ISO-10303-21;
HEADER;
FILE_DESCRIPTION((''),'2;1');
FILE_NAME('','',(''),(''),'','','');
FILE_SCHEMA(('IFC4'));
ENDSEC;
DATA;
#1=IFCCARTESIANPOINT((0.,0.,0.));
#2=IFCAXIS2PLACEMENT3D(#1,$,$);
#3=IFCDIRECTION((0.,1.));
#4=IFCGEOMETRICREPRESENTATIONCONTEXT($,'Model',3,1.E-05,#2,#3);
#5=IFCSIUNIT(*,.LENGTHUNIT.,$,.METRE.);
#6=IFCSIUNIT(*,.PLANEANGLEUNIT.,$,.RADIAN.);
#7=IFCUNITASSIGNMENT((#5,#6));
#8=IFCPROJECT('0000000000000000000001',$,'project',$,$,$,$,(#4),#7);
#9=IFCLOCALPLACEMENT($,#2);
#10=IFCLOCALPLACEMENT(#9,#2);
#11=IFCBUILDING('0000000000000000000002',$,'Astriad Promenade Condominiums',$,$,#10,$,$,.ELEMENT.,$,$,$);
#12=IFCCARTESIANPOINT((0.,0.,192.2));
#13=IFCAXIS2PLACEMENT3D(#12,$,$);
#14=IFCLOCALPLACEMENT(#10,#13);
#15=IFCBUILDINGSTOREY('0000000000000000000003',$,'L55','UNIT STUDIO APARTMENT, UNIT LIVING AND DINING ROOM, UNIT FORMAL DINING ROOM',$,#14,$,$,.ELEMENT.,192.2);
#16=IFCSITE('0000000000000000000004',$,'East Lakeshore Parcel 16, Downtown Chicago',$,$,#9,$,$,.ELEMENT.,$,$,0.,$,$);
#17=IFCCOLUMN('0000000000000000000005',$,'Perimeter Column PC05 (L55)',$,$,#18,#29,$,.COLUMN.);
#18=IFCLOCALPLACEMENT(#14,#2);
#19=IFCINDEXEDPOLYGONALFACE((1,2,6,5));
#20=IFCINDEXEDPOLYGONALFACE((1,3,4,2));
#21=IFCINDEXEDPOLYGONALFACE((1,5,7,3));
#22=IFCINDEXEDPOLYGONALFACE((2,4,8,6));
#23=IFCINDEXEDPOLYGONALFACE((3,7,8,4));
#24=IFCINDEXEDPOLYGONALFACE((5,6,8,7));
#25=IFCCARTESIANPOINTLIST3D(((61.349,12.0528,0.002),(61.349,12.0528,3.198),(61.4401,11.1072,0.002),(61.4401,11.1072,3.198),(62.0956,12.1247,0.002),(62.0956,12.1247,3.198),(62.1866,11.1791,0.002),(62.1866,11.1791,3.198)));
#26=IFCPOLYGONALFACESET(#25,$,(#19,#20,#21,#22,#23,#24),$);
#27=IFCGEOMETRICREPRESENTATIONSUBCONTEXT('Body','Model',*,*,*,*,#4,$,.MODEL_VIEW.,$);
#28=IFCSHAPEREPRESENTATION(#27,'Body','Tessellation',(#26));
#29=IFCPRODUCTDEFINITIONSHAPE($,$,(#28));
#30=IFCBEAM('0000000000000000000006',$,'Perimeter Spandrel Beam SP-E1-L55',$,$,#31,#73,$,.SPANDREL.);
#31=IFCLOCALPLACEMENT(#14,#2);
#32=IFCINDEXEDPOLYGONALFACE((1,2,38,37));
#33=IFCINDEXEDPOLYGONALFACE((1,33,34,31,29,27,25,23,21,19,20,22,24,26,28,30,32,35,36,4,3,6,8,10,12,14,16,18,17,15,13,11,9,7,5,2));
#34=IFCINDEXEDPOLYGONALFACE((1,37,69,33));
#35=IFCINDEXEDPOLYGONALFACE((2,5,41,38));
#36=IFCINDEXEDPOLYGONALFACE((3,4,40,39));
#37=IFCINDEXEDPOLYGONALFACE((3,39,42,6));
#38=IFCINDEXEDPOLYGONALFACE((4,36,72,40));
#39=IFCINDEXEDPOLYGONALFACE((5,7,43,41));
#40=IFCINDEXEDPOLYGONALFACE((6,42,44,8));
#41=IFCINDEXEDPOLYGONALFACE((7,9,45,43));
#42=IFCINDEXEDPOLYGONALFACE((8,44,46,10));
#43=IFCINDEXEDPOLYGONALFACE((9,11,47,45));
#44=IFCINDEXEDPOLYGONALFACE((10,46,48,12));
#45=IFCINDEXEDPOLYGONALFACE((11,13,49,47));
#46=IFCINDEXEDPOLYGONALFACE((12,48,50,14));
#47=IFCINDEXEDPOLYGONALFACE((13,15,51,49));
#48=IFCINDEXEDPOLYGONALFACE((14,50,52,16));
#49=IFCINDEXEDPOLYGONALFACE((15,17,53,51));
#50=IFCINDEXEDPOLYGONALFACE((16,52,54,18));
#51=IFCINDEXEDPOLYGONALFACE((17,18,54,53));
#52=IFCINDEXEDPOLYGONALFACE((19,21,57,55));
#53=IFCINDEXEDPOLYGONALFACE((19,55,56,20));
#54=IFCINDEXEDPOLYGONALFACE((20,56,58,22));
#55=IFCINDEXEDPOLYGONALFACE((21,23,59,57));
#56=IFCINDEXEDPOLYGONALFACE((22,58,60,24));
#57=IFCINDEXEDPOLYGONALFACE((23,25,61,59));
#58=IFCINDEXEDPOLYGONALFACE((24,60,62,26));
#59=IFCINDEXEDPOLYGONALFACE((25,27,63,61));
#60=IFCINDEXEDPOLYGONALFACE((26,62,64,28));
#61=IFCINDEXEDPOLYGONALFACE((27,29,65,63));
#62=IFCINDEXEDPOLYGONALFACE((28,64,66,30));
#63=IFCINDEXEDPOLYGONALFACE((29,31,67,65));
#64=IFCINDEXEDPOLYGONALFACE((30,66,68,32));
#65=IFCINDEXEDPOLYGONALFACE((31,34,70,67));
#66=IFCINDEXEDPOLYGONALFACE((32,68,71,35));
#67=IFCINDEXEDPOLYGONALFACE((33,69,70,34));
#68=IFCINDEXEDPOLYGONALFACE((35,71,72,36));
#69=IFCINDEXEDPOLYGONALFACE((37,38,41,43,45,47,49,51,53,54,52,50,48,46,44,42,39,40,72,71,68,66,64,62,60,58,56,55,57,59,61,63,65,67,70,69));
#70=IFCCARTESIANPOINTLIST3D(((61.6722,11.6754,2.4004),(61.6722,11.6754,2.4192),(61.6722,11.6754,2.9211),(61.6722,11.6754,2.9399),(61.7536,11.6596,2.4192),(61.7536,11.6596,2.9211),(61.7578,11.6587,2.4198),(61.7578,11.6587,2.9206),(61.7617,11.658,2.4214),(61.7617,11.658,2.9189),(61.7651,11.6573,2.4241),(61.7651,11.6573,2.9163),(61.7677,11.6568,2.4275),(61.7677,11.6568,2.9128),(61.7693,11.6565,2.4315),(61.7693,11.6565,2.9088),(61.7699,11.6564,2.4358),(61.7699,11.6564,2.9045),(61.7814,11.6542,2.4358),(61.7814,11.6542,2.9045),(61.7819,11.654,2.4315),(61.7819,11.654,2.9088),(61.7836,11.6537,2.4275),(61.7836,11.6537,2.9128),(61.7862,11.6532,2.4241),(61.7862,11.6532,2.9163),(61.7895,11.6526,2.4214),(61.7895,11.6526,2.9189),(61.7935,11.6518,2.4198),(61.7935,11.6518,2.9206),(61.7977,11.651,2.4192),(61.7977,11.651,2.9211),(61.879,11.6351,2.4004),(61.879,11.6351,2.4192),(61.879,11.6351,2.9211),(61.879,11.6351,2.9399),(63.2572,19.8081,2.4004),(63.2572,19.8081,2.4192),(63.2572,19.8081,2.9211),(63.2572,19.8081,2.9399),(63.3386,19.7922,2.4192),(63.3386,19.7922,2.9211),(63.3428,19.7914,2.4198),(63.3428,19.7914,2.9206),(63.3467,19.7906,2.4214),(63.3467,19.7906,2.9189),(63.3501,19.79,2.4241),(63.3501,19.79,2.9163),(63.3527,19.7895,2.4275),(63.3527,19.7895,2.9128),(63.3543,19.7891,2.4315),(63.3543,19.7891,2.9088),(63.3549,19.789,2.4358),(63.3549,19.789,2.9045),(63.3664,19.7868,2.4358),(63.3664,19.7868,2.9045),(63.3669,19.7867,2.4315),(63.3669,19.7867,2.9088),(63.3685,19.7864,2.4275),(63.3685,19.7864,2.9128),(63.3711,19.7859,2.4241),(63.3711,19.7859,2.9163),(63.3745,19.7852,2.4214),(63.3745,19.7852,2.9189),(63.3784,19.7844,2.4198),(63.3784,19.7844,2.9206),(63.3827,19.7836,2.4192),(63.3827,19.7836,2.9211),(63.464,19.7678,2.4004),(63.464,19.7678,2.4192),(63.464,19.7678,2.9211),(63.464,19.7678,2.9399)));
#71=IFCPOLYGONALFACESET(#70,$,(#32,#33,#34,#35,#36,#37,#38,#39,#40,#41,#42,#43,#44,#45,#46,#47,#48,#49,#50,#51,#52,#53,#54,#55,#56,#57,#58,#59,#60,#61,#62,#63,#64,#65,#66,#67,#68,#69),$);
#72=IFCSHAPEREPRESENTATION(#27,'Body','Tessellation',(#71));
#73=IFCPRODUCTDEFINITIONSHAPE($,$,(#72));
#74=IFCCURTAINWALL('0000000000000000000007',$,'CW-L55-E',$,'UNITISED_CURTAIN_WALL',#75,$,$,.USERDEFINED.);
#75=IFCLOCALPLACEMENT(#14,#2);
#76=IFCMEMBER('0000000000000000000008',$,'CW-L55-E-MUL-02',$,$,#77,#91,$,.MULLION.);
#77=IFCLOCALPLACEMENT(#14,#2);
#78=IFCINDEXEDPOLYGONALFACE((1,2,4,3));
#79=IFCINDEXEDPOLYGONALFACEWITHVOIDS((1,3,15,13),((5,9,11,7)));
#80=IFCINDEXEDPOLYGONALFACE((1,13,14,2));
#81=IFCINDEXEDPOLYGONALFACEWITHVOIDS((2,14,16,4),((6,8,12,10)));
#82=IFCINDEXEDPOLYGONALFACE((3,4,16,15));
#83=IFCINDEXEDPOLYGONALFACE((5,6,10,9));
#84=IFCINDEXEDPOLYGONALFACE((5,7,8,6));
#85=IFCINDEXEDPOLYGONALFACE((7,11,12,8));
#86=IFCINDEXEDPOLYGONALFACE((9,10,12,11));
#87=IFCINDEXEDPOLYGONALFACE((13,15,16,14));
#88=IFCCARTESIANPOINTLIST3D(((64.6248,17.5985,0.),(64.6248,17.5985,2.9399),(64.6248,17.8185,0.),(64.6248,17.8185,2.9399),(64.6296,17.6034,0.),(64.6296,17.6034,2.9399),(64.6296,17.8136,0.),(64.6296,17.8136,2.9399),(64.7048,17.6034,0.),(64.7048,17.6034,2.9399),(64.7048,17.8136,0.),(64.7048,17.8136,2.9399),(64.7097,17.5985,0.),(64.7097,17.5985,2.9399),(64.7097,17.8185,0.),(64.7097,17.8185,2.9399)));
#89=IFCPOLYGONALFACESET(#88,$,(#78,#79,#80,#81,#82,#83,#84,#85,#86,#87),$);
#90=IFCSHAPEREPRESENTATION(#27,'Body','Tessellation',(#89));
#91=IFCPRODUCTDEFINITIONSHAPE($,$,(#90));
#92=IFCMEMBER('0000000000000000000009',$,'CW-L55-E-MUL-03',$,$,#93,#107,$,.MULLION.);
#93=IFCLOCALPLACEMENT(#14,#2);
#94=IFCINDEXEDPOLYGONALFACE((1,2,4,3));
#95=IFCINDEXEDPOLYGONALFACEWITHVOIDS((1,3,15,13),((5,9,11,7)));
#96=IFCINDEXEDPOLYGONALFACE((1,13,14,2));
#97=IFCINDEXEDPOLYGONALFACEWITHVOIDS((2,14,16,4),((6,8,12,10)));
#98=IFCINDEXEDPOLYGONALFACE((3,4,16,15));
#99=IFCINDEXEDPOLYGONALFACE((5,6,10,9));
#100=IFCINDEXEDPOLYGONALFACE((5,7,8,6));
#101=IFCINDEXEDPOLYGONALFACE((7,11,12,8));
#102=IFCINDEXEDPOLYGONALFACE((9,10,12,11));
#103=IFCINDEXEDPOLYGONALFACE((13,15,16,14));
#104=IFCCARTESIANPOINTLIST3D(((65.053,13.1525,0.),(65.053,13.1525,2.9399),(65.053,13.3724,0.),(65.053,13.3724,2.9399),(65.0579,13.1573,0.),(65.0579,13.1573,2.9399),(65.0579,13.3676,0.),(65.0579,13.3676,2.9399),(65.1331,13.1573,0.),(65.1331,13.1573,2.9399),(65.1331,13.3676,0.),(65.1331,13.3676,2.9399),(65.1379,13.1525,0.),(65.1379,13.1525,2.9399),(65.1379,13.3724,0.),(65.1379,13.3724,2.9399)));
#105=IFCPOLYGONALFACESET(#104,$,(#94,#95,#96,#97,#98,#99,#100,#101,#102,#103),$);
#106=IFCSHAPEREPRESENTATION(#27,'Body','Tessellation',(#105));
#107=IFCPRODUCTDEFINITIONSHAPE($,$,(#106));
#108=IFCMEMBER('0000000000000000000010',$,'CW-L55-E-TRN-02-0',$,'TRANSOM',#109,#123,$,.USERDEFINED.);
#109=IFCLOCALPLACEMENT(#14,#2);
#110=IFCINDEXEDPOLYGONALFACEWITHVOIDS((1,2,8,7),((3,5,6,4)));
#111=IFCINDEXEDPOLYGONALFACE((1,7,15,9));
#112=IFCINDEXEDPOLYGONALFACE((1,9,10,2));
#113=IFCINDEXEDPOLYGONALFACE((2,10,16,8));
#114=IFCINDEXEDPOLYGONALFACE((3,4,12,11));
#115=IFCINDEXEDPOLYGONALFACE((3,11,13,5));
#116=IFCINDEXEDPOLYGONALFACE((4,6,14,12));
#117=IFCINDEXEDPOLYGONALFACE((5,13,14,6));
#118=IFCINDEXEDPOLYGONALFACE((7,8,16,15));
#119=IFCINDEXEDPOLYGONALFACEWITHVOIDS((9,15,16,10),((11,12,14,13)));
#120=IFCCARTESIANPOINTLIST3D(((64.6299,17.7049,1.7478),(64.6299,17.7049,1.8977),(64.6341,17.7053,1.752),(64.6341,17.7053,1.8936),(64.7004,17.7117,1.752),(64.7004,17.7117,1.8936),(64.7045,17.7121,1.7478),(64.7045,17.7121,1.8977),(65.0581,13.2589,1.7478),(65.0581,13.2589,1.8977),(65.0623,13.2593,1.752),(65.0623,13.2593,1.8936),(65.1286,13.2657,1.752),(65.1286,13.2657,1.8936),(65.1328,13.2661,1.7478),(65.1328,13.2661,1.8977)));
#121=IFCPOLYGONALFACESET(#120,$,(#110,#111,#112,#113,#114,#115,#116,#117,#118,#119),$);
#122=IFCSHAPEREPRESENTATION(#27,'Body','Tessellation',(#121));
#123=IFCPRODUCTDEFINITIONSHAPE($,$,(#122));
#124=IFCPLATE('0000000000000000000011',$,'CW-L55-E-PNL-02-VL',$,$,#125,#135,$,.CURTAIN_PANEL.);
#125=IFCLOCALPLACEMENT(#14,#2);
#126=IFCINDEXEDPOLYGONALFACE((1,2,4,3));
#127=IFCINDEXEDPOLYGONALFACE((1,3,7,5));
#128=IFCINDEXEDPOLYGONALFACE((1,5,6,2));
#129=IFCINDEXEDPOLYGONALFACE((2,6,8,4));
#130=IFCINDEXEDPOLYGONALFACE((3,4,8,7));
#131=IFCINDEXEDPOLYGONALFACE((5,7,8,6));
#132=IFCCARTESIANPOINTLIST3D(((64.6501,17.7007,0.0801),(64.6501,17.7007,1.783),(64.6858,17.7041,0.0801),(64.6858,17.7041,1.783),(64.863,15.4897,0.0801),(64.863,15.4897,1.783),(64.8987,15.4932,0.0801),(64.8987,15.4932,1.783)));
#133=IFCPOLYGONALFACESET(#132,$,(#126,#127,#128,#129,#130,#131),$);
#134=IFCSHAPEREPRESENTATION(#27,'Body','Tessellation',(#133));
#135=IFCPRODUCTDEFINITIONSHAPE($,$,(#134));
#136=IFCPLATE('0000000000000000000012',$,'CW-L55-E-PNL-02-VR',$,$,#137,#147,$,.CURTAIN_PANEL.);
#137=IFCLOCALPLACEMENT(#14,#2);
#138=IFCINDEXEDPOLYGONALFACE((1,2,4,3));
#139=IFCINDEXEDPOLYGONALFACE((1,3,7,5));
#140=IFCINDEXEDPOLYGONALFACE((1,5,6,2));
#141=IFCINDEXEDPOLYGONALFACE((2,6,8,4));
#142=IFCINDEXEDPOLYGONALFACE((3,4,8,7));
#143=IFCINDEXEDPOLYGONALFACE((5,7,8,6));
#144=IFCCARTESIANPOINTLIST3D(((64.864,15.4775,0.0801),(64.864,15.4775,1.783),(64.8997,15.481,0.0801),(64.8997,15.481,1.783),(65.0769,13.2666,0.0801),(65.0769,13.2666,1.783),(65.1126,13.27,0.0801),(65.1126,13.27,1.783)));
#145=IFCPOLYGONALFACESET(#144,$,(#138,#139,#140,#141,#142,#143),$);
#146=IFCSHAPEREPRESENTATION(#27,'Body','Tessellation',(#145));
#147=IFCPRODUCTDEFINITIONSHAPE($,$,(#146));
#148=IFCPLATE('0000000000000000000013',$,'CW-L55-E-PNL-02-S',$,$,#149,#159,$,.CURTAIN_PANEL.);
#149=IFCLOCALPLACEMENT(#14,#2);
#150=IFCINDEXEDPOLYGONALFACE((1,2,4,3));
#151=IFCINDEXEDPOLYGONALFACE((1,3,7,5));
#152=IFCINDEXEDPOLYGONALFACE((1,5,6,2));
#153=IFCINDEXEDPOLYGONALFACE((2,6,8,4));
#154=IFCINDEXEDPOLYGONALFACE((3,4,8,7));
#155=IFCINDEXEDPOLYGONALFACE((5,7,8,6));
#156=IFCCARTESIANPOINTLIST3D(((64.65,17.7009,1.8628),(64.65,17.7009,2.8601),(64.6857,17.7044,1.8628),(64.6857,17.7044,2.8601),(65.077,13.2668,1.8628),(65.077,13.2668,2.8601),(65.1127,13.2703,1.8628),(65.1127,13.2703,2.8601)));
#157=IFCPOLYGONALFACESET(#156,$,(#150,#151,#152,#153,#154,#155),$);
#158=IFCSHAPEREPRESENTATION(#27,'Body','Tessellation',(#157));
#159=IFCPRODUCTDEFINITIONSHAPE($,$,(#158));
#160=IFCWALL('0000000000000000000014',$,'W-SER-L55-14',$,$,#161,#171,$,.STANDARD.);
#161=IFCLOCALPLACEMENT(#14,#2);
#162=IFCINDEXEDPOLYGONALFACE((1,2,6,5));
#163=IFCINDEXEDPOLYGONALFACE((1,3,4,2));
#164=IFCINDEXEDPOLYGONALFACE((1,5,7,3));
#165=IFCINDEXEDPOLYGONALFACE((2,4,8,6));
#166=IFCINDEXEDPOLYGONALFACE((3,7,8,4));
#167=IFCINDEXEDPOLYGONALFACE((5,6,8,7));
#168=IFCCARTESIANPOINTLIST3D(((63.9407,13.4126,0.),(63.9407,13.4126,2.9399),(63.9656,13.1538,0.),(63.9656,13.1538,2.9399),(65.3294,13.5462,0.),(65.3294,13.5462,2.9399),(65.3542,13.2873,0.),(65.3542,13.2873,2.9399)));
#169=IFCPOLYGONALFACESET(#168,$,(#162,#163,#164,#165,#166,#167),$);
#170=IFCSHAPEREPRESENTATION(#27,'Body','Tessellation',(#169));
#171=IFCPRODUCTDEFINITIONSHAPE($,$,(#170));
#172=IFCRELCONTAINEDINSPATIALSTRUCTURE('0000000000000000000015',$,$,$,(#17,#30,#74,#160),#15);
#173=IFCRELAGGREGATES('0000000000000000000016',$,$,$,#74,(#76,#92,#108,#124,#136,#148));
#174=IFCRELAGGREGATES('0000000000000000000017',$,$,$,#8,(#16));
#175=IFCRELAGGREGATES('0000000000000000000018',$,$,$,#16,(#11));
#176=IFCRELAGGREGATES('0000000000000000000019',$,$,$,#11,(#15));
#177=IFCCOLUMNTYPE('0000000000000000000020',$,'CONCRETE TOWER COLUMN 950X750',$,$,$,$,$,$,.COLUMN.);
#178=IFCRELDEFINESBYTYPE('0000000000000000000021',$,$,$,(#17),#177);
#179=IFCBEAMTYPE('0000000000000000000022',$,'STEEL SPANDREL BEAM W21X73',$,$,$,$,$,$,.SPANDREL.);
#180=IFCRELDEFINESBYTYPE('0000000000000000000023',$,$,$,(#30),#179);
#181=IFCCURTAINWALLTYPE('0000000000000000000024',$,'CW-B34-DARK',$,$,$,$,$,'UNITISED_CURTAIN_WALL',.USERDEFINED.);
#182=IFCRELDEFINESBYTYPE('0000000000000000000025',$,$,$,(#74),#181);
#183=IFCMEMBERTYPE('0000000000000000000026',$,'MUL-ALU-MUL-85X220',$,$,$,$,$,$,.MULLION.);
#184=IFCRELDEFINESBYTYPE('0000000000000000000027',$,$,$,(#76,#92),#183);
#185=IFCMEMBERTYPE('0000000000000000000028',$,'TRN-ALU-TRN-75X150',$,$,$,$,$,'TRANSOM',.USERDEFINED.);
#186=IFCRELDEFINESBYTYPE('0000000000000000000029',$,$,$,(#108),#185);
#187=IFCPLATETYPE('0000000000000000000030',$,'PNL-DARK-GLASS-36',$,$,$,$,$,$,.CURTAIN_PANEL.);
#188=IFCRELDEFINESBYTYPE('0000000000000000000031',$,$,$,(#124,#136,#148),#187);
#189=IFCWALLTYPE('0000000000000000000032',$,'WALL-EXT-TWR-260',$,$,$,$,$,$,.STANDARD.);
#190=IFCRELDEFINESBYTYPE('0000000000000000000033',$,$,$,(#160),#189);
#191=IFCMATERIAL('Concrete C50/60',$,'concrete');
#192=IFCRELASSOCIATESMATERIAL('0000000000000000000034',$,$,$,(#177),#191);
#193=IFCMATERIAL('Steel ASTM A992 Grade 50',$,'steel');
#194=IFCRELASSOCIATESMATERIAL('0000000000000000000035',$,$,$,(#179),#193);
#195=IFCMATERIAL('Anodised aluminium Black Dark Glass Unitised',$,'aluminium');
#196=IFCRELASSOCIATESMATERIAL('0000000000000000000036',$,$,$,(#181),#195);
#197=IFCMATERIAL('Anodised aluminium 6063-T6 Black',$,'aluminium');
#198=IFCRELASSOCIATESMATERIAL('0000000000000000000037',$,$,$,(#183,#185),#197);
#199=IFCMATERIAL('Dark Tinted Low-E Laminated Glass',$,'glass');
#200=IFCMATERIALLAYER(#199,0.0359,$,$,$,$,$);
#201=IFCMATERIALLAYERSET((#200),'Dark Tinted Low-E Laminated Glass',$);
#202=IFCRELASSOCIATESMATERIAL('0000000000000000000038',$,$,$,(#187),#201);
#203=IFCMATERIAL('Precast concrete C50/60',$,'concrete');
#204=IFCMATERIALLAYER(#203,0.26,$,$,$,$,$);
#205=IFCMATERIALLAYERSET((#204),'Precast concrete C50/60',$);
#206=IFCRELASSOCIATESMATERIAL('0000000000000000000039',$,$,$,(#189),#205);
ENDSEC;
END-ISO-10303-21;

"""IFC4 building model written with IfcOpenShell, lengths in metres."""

from ifc_helpers import new_model, si_unit, direction, frame, frame_2d, origin, origin_2d, place, context, subcontext, project, spatial, rectangle, hollow_rectangle, i_section, extrude, source, transform, mapped, material, layer, layer_set, material_profile, profile_set, type_object, type_shapes, element, aggregate, save


model = new_model("IFC4")

# Units and contexts
model_context = context("Model", 3, precision=1e-05, world=origin(), true_north=direction((0.0, 1.0)))
body_context = subcontext(model_context, "Body", "Model", "MODEL_VIEW")
ifc_project = project(units=[si_unit("LENGTHUNIT", "METRE"), si_unit("PLANEANGLEUNIT", "RADIAN")], contexts=[model_context])

# Site, building, storey
site_placement = place(None, origin())
site = spatial("IfcSite", under=ifc_project, at=site_placement, Name="East Lakeshore Parcel 16, Downtown Chicago", CompositionType="ELEMENT", RefElevation=0.0)
building_placement = place(site_placement, origin())
building = spatial("IfcBuilding", under=site, at=building_placement, Name="Astriad Promenade Condominiums", CompositionType="ELEMENT")
storey_placement = place(building_placement, frame((0.0, 0.0, 192.2)))
storey = spatial("IfcBuildingStorey", under=building, at=storey_placement, Name="L55", Description="UNIT STUDIO APARTMENT, UNIT LIVING AND DINING ROOM, UNIT FORMAL DINING ROOM", CompositionType="ELEMENT", Elevation=192.2)

# Column
ifc_material_1 = material(Name="Concrete C50/60", Category="concrete")
ifc_material_profile_1 = material_profile(ifc_material_1, rectangle(XDim=0.75, YDim=0.95, at=origin_2d()), Name="RC-COL-950X750")
ifc_profile_set_1 = profile_set([ifc_material_profile_1], Name="Concrete C50/60")
column_type = type_object("IfcColumnType", Name="CONCRETE TOWER COLUMN 950X750", PredefinedType="COLUMN", material=ifc_profile_set_1)
shared_shape_1 = source(origin(), body_context, "Body", "SweptSolid", [
    extrude(rectangle(XDim=0.75, YDim=0.95, at=origin_2d()), origin(), (0.0, 0.0, 1.0), 3.196),
])
type_shapes(column_type, [shared_shape_1])
column_placement = place(storey_placement, frame((61.7678, 11.616, 0.002), z_axis=(0.0, 0.0, 1.0), x_axis=(0.995396, 0.095846, 0.0)))
element("IfcColumn", 1, at=column_placement, inside=storey, type_object=column_type, Name="Perimeter Column PC05 (L55)", PredefinedType="COLUMN", context=body_context, shape_type="MappedRepresentation", body=[
    mapped(shared_shape_1, transform((0.0, 0.0, 0.0), scale=1.0)),
])

# Beam
ifc_material_2 = material(Name="Steel ASTM A992 Grade 50", Category="steel")
ifc_material_profile_2 = material_profile(ifc_material_2, i_section(OverallWidth=0.2107, OverallDepth=0.5396, WebThickness=0.0117, FlangeThickness=0.0188, FilletRadius=0.0166, at=origin_2d()), Name="W21X73")
ifc_profile_set_2 = profile_set([ifc_material_profile_2], Name="Steel ASTM A992 Grade 50")
beam_type = type_object("IfcBeamType", Name="STEEL SPANDREL BEAM W21X73", PredefinedType="SPANDREL", material=ifc_profile_set_2)
shared_shape_2 = source(origin(), body_context, "Body", "SweptSolid", [
    extrude(i_section(OverallWidth=0.2107, OverallDepth=0.5396, WebThickness=0.0117, FlangeThickness=0.0188, FilletRadius=0.0166, at=origin_2d()), origin(), (0.0, 0.0, 1.0), 8.2856),
])
type_shapes(beam_type, [shared_shape_2])
beam_placement = place(storey_placement, frame((61.7756, 11.6553, 2.6702), z_axis=(0.191292, 0.981533, 0.0), x_axis=(-0.981533, 0.191292, 0.0)))
element("IfcBeam", 2, at=beam_placement, inside=storey, type_object=beam_type, Name="Perimeter Spandrel Beam SP-E1-L55", PredefinedType="SPANDREL", context=body_context, shape_type="MappedRepresentation", body=[
    mapped(shared_shape_2, transform((0.0, 0.0, 0.0), scale=1.0)),
])

# Curtain wall, members, plates
ifc_material_3 = material(Name="Anodised aluminium Black Dark Glass Unitised", Category="aluminium")
curtain_wall_type = type_object("IfcCurtainWallType", Name="CW-B34-DARK", ElementType="UNITISED_CURTAIN_WALL", PredefinedType="USERDEFINED", material=ifc_material_3)
curtain_wall_placement = place(storey_placement, origin())
curtain_wall = element("IfcCurtainWall", 3, at=curtain_wall_placement, inside=storey, type_object=curtain_wall_type, Name="CW-L55-E", ObjectType="UNITISED_CURTAIN_WALL", PredefinedType="USERDEFINED")
ifc_material_4 = material(Name="Anodised aluminium 6063-T6 Black", Category="aluminium")
ifc_material_profile_3 = material_profile(ifc_material_4, hollow_rectangle(XDim=0.085, YDim=0.22, WallThickness=0.0049, at=origin_2d()), Name="ALU-MUL-85X220")
ifc_profile_set_3 = profile_set([ifc_material_profile_3], Name="Anodised aluminium 6063-T6 Black")
member_type_1 = type_object("IfcMemberType", Name="MUL-ALU-MUL-85X220", PredefinedType="MULLION", material=ifc_profile_set_3)
shared_shape_3 = source(origin(), body_context, "Body", "SweptSolid", [
    extrude(hollow_rectangle(XDim=0.085, YDim=0.22, WallThickness=0.0049, at=origin_2d()), origin(), (0.0, 0.0, 1.0), 2.9399),
])
type_shapes(member_type_1, [shared_shape_3])
member_1_placement = place(storey_placement, frame((64.6672, 17.7085, 0.0), z_axis=(0.0, 0.0, 1.0), x_axis=(1.0, 0.0, 0.0)))
member_1 = element("IfcMember", 4, at=member_1_placement, type_object=member_type_1, Name="CW-L55-E-MUL-02", PredefinedType="MULLION", context=body_context, shape_type="MappedRepresentation", body=[
    mapped(shared_shape_3, transform((0.0, 0.0, 0.0), scale=1.0)),
])
member_2_placement = place(storey_placement, frame((65.0955, 13.2625, 0.0), z_axis=(0.0, 0.0, 1.0), x_axis=(1.0, 0.0, 0.0)))
member_2 = element("IfcMember", 5, at=member_2_placement, type_object=member_type_1, Name="CW-L55-E-MUL-03", PredefinedType="MULLION", context=body_context, shape_type="MappedRepresentation", body=[
    mapped(shared_shape_3, transform((0.0, 0.0, 0.0), scale=1.0)),
])
ifc_material_profile_4 = material_profile(ifc_material_4, hollow_rectangle(XDim=0.075, YDim=0.1499, WallThickness=0.0042, at=origin_2d()), Name="ALU-TRN-75X150")
ifc_profile_set_4 = profile_set([ifc_material_profile_4], Name="Anodised aluminium 6063-T6 Black")
member_type_2 = type_object("IfcMemberType", Name="TRN-ALU-TRN-75X150", ElementType="TRANSOM", PredefinedType="USERDEFINED", material=ifc_profile_set_4)
shared_shape_4 = source(origin(), body_context, "Body", "SweptSolid", [
    extrude(hollow_rectangle(XDim=0.075, YDim=0.1499, WallThickness=0.0042, at=origin_2d()), origin(), (0.0, 0.0, 1.0), 4.4666),
])
type_shapes(member_type_2, [shared_shape_4])
member_3_placement = place(storey_placement, frame((64.6672, 17.7085, 1.8228), z_axis=(0.095872, -0.995394, 0.0), x_axis=(0.995394, 0.095872, 0.0)))
member_3 = element("IfcMember", 6, at=member_3_placement, type_object=member_type_2, Name="CW-L55-E-TRN-02-0", ObjectType="TRANSOM", PredefinedType="USERDEFINED", context=body_context, shape_type="MappedRepresentation", body=[
    mapped(shared_shape_4, transform((0.0, 0.0, 0.0), scale=1.0)),
])
ifc_material_5 = material(Name="Dark Tinted Low-E Laminated Glass", Category="glass")
ifc_layer_1 = layer(ifc_material_5, 0.0359)
ifc_layer_set_1 = layer_set([ifc_layer_1], Name="Dark Tinted Low-E Laminated Glass")
plate_type = type_object("IfcPlateType", Name="PNL-DARK-GLASS-36", PredefinedType="CURTAIN_PANEL", material=ifc_layer_set_1)
shared_shape_5 = source(origin(), body_context, "Body", "SweptSolid", [
    extrude(rectangle(XDim=2.2212, YDim=0.0359, at=origin_2d()), origin(), (0.0, 0.0, 1.0), 1.7029),
])
plate_1_placement = place(storey_placement, frame((64.7744, 16.5969, 0.0801), z_axis=(0.0, 0.0, 1.0), x_axis=(0.095846, -0.995396, 0.0)))
plate_1 = element("IfcPlate", 7, at=plate_1_placement, type_object=plate_type, Name="CW-L55-E-PNL-02-VL", PredefinedType="CURTAIN_PANEL", context=body_context, shape_type="MappedRepresentation", body=[
    mapped(shared_shape_5, transform((0.0, 0.0, 0.0), scale=1.0)),
])
plate_2_placement = place(storey_placement, frame((64.9883, 14.3738, 0.0801), z_axis=(0.0, 0.0, 1.0), x_axis=(0.095846, -0.995396, 0.0)))
plate_2 = element("IfcPlate", 8, at=plate_2_placement, type_object=plate_type, Name="CW-L55-E-PNL-02-VR", PredefinedType="CURTAIN_PANEL", context=body_context, shape_type="MappedRepresentation", body=[
    mapped(shared_shape_5, transform((0.0, 0.0, 0.0), scale=1.0)),
])
shared_shape_6 = source(origin(), body_context, "Body", "SweptSolid", [
    extrude(rectangle(XDim=4.4546, YDim=0.0359, at=origin_2d()), origin(), (0.0, 0.0, 1.0), 0.9973),
])
type_shapes(plate_type, [shared_shape_5, shared_shape_6])
plate_3_placement = place(storey_placement, frame((64.8813, 15.4856, 1.8628), z_axis=(0.0, 0.0, 1.0), x_axis=(0.095846, -0.995396, 0.0)))
plate_3 = element("IfcPlate", 9, at=plate_3_placement, type_object=plate_type, Name="CW-L55-E-PNL-02-S", PredefinedType="CURTAIN_PANEL", context=body_context, shape_type="MappedRepresentation", body=[
    mapped(shared_shape_6, transform((0.0, 0.0, 0.0), scale=1.0)),
])
aggregate(curtain_wall, [member_1, member_2, member_3, plate_1, plate_2, plate_3])

# Wall
ifc_material_6 = material(Name="Precast concrete C50/60", Category="concrete")
ifc_layer_2 = layer(ifc_material_6, 0.26)
ifc_layer_set_2 = layer_set([ifc_layer_2], Name="Precast concrete C50/60")
wall_type_1 = type_object("IfcWallType", Name="WALL-EXT-TWR-260", PredefinedType="STANDARD", material=ifc_layer_set_2)
wall_1_placement = place(storey_placement, frame((65.3418, 13.4167, 0.0), z_axis=(0.0, 0.0, 1.0), x_axis=(-0.995408, -0.095726, 0.0)))
element("IfcWall", 10, at=wall_1_placement, inside=storey, type_object=wall_type_1, Name="W-SER-L55-14", PredefinedType="STANDARD", context=body_context, shape_type="SweptSolid", body=[
    extrude(rectangle(XDim=1.395, YDim=0.26, at=frame_2d((0.6975, 0.0))), origin(), (0.0, 0.0, 1.0), 2.9399),
])

save(model, "model.ifc")
